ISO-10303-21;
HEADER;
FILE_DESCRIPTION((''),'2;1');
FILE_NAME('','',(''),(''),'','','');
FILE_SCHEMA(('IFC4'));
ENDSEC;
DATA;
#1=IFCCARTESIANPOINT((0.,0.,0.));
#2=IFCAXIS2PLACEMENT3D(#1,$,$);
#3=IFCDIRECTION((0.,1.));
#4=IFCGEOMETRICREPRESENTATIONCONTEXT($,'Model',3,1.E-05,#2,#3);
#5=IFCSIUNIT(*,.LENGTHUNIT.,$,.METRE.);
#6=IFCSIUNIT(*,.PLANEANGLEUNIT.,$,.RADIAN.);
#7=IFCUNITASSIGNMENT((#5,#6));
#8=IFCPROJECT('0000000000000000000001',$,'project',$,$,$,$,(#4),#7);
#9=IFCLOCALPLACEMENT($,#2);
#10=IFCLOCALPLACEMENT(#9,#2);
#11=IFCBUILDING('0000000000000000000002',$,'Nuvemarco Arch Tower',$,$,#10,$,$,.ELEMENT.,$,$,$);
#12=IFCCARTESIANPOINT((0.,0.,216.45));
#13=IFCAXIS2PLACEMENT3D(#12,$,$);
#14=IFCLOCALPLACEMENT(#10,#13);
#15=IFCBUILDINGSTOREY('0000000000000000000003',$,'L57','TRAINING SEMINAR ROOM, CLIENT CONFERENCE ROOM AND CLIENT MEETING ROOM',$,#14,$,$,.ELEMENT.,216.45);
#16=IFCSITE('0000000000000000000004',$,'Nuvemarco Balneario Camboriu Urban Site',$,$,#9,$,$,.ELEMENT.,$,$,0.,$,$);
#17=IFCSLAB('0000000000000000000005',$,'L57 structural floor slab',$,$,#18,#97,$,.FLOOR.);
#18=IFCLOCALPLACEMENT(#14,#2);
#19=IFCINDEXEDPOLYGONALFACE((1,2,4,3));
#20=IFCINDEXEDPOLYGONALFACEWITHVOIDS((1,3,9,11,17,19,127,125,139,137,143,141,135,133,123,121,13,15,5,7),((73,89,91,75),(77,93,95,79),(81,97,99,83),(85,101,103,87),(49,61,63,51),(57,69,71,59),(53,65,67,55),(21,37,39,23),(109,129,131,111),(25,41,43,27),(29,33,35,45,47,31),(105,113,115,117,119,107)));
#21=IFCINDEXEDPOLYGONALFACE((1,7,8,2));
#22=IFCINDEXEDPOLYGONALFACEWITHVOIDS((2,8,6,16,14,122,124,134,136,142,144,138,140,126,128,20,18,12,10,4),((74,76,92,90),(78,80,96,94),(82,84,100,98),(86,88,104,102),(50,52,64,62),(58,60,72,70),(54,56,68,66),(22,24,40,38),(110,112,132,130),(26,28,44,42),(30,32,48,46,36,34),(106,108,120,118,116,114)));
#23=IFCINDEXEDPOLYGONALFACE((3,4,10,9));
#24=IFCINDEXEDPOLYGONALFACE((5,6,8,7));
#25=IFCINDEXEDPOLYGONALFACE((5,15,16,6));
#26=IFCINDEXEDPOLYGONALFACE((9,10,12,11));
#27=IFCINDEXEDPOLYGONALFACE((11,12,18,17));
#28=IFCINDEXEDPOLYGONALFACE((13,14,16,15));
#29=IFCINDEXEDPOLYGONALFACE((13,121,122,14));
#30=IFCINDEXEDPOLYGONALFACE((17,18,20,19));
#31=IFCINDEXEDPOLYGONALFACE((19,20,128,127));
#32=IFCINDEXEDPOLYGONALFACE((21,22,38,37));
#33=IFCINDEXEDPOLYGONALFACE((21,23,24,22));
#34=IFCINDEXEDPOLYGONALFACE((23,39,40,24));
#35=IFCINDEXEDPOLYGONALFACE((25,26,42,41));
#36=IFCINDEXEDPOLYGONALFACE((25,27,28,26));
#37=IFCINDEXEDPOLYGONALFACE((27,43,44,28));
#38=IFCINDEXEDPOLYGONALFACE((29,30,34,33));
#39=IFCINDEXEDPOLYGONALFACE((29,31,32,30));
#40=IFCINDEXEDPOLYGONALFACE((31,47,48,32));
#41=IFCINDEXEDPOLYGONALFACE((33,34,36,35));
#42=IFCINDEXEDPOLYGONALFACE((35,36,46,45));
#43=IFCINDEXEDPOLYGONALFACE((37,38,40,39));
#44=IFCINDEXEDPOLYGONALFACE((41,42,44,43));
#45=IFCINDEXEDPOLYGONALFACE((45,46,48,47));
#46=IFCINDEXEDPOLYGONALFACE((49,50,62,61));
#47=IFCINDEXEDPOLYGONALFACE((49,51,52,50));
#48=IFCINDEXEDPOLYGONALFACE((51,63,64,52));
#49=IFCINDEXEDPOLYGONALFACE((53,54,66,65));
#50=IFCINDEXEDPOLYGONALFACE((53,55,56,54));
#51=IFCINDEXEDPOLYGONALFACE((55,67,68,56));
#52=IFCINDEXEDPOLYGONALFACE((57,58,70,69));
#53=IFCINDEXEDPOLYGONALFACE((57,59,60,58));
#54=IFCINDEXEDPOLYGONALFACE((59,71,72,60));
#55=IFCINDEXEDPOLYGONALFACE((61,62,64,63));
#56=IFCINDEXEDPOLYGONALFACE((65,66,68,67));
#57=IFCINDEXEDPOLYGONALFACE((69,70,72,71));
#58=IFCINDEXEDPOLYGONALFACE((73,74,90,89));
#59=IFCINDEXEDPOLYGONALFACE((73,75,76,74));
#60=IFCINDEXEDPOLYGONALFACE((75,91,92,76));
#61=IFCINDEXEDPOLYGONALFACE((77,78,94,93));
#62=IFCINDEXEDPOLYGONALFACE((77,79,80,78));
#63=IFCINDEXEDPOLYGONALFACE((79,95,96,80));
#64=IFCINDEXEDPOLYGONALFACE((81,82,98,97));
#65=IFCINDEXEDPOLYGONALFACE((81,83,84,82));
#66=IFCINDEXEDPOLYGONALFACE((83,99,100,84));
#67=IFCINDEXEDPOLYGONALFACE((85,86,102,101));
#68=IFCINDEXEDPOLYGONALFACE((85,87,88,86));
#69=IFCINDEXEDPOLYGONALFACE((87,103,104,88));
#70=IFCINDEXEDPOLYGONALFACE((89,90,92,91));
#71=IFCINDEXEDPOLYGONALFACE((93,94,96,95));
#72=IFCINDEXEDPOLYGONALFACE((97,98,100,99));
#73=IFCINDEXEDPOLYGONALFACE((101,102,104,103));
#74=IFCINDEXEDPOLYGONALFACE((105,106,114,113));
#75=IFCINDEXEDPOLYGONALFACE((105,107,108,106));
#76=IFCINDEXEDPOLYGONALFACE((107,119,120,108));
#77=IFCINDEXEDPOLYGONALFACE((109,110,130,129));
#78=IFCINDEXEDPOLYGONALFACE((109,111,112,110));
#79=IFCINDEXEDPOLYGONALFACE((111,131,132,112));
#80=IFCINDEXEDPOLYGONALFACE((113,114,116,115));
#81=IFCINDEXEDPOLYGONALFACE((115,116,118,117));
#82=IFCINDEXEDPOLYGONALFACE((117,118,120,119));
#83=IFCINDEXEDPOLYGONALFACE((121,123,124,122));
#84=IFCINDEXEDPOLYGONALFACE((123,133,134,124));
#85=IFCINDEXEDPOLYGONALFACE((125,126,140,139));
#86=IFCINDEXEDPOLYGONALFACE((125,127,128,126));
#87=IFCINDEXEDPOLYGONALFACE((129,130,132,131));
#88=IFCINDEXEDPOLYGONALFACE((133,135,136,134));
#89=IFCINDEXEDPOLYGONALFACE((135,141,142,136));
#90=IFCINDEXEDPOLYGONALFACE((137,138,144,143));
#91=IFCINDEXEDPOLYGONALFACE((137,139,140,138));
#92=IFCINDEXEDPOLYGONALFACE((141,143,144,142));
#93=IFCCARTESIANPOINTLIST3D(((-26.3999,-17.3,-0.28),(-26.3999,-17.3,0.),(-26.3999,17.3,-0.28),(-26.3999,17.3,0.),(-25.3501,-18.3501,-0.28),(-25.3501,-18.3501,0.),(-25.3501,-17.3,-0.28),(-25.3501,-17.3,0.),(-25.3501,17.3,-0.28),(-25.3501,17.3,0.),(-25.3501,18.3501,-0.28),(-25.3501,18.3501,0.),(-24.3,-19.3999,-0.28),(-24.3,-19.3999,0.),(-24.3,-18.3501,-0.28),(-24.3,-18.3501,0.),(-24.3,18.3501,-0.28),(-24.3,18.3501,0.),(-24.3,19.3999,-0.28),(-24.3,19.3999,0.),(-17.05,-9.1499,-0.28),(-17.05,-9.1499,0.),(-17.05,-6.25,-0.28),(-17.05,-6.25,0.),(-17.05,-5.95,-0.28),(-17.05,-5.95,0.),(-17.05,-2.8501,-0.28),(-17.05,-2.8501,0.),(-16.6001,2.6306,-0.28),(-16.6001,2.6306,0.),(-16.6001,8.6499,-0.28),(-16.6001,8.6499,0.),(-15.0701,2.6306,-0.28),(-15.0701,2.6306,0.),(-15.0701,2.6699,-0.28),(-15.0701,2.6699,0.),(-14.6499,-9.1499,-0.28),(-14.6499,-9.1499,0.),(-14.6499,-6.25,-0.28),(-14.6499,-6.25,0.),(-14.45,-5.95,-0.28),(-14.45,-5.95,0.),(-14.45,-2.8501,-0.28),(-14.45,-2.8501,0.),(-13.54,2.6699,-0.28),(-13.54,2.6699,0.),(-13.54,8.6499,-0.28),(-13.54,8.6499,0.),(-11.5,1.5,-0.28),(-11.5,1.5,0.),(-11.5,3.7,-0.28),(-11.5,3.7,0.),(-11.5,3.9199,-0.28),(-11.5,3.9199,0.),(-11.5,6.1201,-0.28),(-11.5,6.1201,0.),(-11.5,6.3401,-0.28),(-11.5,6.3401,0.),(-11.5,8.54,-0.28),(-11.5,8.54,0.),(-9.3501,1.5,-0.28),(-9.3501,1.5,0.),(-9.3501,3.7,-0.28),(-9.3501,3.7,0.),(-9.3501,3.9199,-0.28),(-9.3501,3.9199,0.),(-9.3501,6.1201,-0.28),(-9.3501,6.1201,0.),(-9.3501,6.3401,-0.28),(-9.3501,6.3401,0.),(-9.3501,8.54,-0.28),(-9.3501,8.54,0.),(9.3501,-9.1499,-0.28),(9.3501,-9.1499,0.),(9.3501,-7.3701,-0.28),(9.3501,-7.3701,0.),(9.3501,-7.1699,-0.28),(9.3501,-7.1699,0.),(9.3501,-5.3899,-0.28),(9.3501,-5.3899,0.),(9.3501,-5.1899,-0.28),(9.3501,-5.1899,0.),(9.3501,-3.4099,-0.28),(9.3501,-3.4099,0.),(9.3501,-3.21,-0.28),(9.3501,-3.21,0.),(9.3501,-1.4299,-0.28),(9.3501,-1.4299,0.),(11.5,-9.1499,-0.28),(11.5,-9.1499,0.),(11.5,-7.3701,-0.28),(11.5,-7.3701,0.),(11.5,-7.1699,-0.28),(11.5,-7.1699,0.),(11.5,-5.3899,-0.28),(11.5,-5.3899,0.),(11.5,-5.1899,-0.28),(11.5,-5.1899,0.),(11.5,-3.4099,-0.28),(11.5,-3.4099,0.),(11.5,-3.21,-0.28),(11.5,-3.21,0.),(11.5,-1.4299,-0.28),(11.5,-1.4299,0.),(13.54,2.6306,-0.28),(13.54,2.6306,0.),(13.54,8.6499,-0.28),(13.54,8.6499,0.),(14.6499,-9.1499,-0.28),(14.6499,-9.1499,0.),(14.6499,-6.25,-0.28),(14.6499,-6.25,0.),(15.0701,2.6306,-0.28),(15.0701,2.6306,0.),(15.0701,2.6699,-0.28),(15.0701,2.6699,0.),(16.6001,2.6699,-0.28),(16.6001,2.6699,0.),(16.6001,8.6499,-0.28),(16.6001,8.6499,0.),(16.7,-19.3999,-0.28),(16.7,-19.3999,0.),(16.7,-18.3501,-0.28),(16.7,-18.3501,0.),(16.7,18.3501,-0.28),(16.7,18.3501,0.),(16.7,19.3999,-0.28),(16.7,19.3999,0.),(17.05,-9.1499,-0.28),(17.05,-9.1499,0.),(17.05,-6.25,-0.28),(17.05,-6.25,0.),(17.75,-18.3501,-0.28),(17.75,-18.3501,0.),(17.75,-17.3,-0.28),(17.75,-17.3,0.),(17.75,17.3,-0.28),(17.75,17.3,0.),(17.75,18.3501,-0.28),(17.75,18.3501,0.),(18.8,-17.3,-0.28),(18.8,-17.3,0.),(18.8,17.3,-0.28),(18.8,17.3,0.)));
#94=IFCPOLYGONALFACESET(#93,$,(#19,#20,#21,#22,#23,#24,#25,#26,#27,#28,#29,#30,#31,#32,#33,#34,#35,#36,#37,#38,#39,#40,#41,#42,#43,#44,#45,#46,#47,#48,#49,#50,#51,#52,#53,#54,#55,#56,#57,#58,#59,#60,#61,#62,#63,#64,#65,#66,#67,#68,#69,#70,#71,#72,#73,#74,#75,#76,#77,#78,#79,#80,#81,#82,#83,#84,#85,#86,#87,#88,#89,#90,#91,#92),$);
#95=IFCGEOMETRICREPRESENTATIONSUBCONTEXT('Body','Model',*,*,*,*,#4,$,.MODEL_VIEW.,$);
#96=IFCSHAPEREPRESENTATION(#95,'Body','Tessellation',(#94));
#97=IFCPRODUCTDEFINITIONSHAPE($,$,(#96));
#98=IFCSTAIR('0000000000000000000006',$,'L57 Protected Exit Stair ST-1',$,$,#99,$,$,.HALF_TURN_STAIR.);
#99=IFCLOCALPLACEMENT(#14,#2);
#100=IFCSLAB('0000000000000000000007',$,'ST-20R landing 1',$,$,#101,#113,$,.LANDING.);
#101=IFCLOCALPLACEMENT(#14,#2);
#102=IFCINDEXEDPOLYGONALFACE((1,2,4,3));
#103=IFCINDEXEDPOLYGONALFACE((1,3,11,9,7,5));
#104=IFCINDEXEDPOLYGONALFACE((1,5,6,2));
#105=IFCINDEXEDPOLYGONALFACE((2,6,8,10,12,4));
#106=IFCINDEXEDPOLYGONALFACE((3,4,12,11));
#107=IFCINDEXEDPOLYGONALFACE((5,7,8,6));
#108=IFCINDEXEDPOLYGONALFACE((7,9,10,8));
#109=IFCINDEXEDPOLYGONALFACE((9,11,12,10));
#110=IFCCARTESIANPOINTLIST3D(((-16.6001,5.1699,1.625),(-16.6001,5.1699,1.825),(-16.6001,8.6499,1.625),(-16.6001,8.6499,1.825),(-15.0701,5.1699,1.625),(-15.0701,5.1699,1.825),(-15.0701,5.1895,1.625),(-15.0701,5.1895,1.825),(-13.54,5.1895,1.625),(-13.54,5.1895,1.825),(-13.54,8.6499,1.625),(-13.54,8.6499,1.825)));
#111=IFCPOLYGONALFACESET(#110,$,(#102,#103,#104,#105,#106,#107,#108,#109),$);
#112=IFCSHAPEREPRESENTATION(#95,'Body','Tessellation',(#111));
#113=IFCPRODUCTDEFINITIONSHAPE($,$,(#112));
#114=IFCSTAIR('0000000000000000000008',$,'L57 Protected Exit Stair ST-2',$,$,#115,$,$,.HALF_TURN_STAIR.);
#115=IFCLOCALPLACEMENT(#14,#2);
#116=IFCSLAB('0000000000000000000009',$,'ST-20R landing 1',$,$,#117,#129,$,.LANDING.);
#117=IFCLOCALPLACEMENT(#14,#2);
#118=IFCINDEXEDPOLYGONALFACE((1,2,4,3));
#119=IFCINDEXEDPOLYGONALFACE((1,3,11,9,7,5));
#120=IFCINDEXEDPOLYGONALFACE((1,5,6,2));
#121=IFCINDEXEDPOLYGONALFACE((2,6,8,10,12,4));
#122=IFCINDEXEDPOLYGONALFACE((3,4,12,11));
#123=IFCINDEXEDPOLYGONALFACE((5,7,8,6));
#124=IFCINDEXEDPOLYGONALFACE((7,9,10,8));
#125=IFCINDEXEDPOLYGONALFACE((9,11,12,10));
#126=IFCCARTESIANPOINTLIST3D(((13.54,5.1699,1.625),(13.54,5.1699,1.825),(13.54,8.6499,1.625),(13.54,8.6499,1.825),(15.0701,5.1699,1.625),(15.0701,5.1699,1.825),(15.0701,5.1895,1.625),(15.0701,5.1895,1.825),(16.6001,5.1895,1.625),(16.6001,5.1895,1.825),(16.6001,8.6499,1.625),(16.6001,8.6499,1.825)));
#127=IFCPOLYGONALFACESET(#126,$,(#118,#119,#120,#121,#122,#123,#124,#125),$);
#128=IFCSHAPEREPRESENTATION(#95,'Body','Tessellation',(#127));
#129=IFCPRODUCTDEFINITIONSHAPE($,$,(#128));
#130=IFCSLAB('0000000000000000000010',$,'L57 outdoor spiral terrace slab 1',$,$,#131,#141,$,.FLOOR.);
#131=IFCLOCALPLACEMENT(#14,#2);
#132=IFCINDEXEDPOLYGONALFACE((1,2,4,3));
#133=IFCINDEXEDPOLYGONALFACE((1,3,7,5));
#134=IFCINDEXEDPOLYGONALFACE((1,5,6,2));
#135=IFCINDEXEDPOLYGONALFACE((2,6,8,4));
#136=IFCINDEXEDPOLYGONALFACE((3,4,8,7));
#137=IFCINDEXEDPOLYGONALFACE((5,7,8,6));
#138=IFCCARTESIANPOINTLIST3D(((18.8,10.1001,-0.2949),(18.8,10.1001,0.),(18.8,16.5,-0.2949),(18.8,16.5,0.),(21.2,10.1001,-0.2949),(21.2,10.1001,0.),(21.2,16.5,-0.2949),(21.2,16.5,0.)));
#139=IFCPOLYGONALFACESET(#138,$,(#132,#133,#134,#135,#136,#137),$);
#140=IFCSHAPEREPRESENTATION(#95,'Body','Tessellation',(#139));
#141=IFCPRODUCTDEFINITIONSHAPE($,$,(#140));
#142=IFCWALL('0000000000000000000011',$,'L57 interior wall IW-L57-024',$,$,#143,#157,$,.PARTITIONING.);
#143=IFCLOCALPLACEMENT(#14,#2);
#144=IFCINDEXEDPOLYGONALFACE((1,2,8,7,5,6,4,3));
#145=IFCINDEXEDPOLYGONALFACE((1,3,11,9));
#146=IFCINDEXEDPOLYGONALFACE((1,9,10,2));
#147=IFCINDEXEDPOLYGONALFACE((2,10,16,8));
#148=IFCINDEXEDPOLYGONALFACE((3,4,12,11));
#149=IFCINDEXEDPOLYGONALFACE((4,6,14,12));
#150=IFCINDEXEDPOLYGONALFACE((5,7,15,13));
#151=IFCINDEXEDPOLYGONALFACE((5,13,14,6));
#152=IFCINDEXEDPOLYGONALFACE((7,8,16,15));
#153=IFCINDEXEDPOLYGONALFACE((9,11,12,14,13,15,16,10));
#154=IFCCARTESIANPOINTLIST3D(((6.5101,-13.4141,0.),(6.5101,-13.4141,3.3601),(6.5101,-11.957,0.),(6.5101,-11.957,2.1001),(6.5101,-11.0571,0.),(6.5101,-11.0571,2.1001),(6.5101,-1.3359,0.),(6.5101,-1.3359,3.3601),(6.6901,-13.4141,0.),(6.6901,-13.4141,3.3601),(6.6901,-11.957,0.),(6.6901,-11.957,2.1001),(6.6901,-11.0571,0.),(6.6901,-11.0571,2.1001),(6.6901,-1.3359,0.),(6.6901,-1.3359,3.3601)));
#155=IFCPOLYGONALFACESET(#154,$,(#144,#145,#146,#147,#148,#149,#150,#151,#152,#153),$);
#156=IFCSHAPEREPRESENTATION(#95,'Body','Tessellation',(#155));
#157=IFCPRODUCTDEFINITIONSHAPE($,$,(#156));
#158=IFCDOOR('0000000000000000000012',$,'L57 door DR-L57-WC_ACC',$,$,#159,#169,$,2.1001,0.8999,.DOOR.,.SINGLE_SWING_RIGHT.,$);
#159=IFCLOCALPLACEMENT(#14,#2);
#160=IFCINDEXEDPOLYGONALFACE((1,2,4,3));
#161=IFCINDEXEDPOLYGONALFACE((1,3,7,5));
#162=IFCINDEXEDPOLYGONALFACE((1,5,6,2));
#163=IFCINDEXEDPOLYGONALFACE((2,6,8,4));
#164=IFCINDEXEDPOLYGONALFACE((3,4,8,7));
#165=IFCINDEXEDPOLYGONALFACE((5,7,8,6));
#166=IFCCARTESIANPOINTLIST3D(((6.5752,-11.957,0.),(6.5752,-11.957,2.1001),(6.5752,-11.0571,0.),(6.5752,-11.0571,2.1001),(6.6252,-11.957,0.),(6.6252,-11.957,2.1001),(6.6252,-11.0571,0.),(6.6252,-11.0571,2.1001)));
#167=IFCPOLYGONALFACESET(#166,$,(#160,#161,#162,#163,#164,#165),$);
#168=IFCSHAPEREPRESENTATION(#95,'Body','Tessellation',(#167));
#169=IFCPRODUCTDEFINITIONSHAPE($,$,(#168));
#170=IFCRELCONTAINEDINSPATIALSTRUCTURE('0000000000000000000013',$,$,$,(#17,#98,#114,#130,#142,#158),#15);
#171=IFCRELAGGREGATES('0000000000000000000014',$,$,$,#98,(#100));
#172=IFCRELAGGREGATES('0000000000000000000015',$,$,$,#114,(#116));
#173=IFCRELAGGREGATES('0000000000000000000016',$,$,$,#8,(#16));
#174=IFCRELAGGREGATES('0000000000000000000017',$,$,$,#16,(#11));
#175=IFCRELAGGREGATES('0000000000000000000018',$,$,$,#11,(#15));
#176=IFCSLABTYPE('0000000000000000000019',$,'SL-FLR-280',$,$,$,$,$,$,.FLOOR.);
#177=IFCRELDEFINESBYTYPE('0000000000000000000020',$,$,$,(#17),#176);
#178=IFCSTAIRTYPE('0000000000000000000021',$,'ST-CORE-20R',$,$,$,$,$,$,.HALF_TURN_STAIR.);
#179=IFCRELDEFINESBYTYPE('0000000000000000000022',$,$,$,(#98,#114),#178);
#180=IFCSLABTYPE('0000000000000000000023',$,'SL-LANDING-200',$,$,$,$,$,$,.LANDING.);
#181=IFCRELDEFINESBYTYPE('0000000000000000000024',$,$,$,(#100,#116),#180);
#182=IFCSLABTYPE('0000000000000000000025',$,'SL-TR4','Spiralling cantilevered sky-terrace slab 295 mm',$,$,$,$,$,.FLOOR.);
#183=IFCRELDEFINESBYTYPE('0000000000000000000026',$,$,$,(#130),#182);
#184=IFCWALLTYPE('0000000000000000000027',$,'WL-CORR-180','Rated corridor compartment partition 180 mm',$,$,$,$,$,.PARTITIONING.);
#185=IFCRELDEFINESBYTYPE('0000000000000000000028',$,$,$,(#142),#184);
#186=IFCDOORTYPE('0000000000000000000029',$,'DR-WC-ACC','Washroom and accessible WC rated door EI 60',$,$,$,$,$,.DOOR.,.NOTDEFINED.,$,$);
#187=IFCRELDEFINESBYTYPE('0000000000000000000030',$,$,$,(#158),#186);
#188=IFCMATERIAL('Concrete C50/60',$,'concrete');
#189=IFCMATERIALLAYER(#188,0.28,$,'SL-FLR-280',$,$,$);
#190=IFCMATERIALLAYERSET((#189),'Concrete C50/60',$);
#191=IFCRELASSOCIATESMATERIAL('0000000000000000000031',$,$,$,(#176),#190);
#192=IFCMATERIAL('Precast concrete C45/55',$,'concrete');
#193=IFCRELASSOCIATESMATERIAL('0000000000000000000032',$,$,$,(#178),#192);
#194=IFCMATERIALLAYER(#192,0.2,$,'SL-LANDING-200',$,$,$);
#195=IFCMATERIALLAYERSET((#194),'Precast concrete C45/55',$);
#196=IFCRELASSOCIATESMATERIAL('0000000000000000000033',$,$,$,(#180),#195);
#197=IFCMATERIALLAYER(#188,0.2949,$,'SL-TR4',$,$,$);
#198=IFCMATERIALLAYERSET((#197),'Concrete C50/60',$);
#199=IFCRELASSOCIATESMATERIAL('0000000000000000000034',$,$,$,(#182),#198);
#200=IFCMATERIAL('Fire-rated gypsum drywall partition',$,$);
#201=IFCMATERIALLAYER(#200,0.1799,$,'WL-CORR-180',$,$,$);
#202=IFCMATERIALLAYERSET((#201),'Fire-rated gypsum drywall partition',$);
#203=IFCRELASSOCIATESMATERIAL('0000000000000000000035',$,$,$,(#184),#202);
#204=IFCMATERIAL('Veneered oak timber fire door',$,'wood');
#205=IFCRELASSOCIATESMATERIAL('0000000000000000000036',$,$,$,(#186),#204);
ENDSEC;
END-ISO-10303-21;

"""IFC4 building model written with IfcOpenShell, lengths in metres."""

from ifc_helpers import new_model, si_unit, direction, frame, frame_2d, origin, place, context, subcontext, project, spatial, polyline, rectangle, outline, extrude, source, transform, mapped, material, layer, layer_set, type_object, type_shapes, element, fill, aggregate, save


model = new_model("IFC4")

# Units and contexts
model_context = context("Model", 3, precision=1e-05, world=origin(), true_north=direction((0.0, 1.0)))
body_context = subcontext(model_context, "Body", "Model", "MODEL_VIEW")
ifc_project = project(units=[si_unit("LENGTHUNIT", "METRE"), si_unit("PLANEANGLEUNIT", "RADIAN")], contexts=[model_context])

# Site, building, storey
site_placement = place(None, origin())
site = spatial("IfcSite", under=ifc_project, at=site_placement, Name="Nuvemarco Balneario Camboriu Urban Site", CompositionType="ELEMENT", RefElevation=0.0)
building_placement = place(site_placement, origin())
building = spatial("IfcBuilding", under=site, at=building_placement, Name="Nuvemarco Arch Tower", CompositionType="ELEMENT")
storey_placement = place(building_placement, frame((0.0, 0.0, 216.45)))
storey = spatial("IfcBuildingStorey", under=building, at=storey_placement, Name="L57", Description="TRAINING SEMINAR ROOM, CLIENT CONFERENCE ROOM AND CLIENT MEETING ROOM", CompositionType="ELEMENT", Elevation=216.45)

# Shared definitions
ifc_material_1 = material(Name="Precast concrete C45/55", Category="concrete")

# Slab
ifc_material_2 = material(Name="Concrete C50/60", Category="concrete")
ifc_layer_1 = layer(ifc_material_2, 0.28, Name="SL-FLR-280")
ifc_layer_set_1 = layer_set([ifc_layer_1], Name="Concrete C50/60")
slab_type_1 = type_object("IfcSlabType", Name="SL-FLR-280", PredefinedType="FLOOR", material=ifc_layer_set_1)
slab_1_placement = place(storey_placement, frame((0.0, 0.0, -0.28)))
element("IfcSlab", 1, at=slab_1_placement, inside=storey, type_object=slab_type_1, Name="L57 structural floor slab", PredefinedType="FLOOR", context=body_context, shape_type="SweptSolid", body=[
    extrude(outline(polyline([(-24.3, -19.3999), (16.7, -19.3999), (16.7, -18.3501), (17.75, -18.3501), (17.75, -17.3), (18.8, -17.3), (18.8, 17.3), (17.75, 17.3), (17.75, 18.3501), (16.7, 18.3501), (16.7, 19.3999), (-24.3, 19.3999), (-24.3, 18.3501), (-25.3501, 18.3501), (-25.3501, 17.3), (-26.3999, 17.3), (-26.3999, -17.3), (-25.3501, -17.3), (-25.3501, -18.3501), (-24.3, -18.3501), (-24.3, -19.3999)]), holes=[polyline([(-13.54, 2.6699), (-13.54, 8.6499), (-16.6001, 8.6499), (-16.6001, 2.6306), (-15.0701, 2.6306), (-15.0701, 2.6699), (-13.54, 2.6699)]), polyline([(16.6001, 2.6699), (16.6001, 8.6499), (13.54, 8.6499), (13.54, 2.6306), (15.0701, 2.6306), (15.0701, 2.6699), (16.6001, 2.6699)]), polyline([(-17.05, -9.1499), (-14.6499, -9.1499), (-14.6499, -6.25), (-17.05, -6.25), (-17.05, -9.1499)]), polyline([(-17.05, -5.95), (-14.45, -5.95), (-14.45, -2.8501), (-17.05, -2.8501), (-17.05, -5.95)]), polyline([(-11.5, 1.5), (-9.3501, 1.5), (-9.3501, 3.7), (-11.5, 3.7), (-11.5, 1.5)]), polyline([(-11.5, 3.9199), (-9.3501, 3.9199), (-9.3501, 6.1201), (-11.5, 6.1201), (-11.5, 3.9199)]), polyline([(-11.5, 6.3401), (-9.3501, 6.3401), (-9.3501, 8.54), (-11.5, 8.54), (-11.5, 6.3401)]), polyline([(14.6499, -9.1499), (17.05, -9.1499), (17.05, -6.25), (14.6499, -6.25), (14.6499, -9.1499)]), polyline([(9.3501, -9.1499), (11.5, -9.1499), (11.5, -7.3701), (9.3501, -7.3701), (9.3501, -9.1499)]), polyline([(9.3501, -7.1699), (11.5, -7.1699), (11.5, -5.3899), (9.3501, -5.3899), (9.3501, -7.1699)]), polyline([(9.3501, -5.1899), (11.5, -5.1899), (11.5, -3.4099), (9.3501, -3.4099), (9.3501, -5.1899)]), polyline([(9.3501, -3.21), (11.5, -3.21), (11.5, -1.4299), (9.3501, -1.4299), (9.3501, -3.21)])]), origin(), (0.0, 0.0, 1.0), 0.28),
])

# Stairs, slabs
stair_type = type_object("IfcStairType", Name="ST-CORE-20R", PredefinedType="HALF_TURN_STAIR", material=ifc_material_1)
stair_1_placement = place(storey_placement, origin())
stair_1 = element("IfcStair", 2, at=stair_1_placement, inside=storey, type_object=stair_type, Name="L57 Protected Exit Stair ST-1", PredefinedType="HALF_TURN_STAIR")
ifc_layer_2 = layer(ifc_material_1, 0.2, Name="SL-LANDING-200")
ifc_layer_set_2 = layer_set([ifc_layer_2], Name="Precast concrete C45/55")
slab_type_2 = type_object("IfcSlabType", Name="SL-LANDING-200", PredefinedType="LANDING", material=ifc_layer_set_2)
slab_2_placement = place(storey_placement, frame((0.0, 0.0, 1.625)))
slab_2 = element("IfcSlab", 3, at=slab_2_placement, type_object=slab_type_2, Name="ST-20R landing 1", PredefinedType="LANDING", context=body_context, shape_type="SweptSolid", body=[
    extrude(outline(polyline([(-13.54, 5.1895), (-13.54, 8.6499), (-16.6001, 8.6499), (-16.6001, 5.1699), (-15.0701, 5.1699), (-15.0701, 5.1895), (-13.54, 5.1895)])), origin(), (0.0, 0.0, 1.0), 0.2),
])
aggregate(stair_1, [slab_2])
stair_2_placement = place(storey_placement, origin())
stair_2 = element("IfcStair", 4, at=stair_2_placement, inside=storey, type_object=stair_type, Name="L57 Protected Exit Stair ST-2", PredefinedType="HALF_TURN_STAIR")
slab_3_placement = place(storey_placement, frame((0.0, 0.0, 1.625)))
slab_3 = element("IfcSlab", 5, at=slab_3_placement, type_object=slab_type_2, Name="ST-20R landing 1", PredefinedType="LANDING", context=body_context, shape_type="SweptSolid", body=[
    extrude(outline(polyline([(16.6001, 5.1895), (16.6001, 8.6499), (13.54, 8.6499), (13.54, 5.1699), (15.0701, 5.1699), (15.0701, 5.1895), (16.6001, 5.1895)])), origin(), (0.0, 0.0, 1.0), 0.2),
])
aggregate(stair_2, [slab_3])

# Slab
ifc_layer_3 = layer(ifc_material_2, 0.2949, Name="SL-TR4")
ifc_layer_set_3 = layer_set([ifc_layer_3], Name="Concrete C50/60")
slab_type_3 = type_object("IfcSlabType", Name="SL-TR4", Description="Spiralling cantilevered sky-terrace slab 295 mm", PredefinedType="FLOOR", material=ifc_layer_set_3)
slab_4_placement = place(storey_placement, frame((0.0, 0.0, -0.2949)))
element("IfcSlab", 6, at=slab_4_placement, inside=storey, type_object=slab_type_3, Name="L57 outdoor spiral terrace slab 1", PredefinedType="FLOOR", context=body_context, shape_type="SweptSolid", body=[
    extrude(outline(polyline([(18.8, 10.1001), (21.2, 10.1001), (21.2, 16.5), (18.8, 16.5), (18.8, 10.1001)])), origin(), (0.0, 0.0, 1.0), 0.2949),
])

# Wall, opening, door
ifc_material_3 = material(Name="Fire-rated gypsum drywall partition")
ifc_layer_4 = layer(ifc_material_3, 0.1799, Name="WL-CORR-180")
ifc_layer_set_4 = layer_set([ifc_layer_4], Name="Fire-rated gypsum drywall partition")
wall_type_1 = type_object("IfcWallType", Name="WL-CORR-180", Description="Rated corridor compartment partition 180 mm", PredefinedType="PARTITIONING", material=ifc_layer_set_4)
wall_1_placement = place(storey_placement, frame((6.6001, -13.4141, 0.0), z_axis=(0.0, 0.0, 1.0), x_axis=(0.0, 1.0, 0.0)))
wall_1 = element("IfcWall", 7, at=wall_1_placement, inside=storey, type_object=wall_type_1, Name="L57 interior wall IW-L57-024", PredefinedType="PARTITIONING", context=body_context, shape_type="SweptSolid", body=[
    extrude(rectangle(XDim=12.0781, YDim=0.1799, at=frame_2d((6.0391, 0.0))), origin(), (0.0, 0.0, 1.0), 3.3601),
])
opening_placement = place(wall_1_placement, frame((1.457, 0.0, 0.0)))
opening = element("IfcOpeningElement", 8, at=opening_placement, cuts=wall_1, PredefinedType="OPENING", context=body_context, shape_type="SweptSolid", body=[
    extrude(rectangle(XDim=0.8999, YDim=2.1001, at=frame_2d((0.45, 1.05))), frame((0.0, 0.0999, 0.0), z_axis=(0.0, -1.0, 0.0), x_axis=(1.0, 0.0, 0.0)), (0.0, 0.0, 1.0), 0.2),
])
ifc_material_4 = material(Name="Veneered oak timber fire door", Category="wood")
door_type = type_object("IfcDoorType", Name="DR-WC-ACC", Description="Washroom and accessible WC rated door EI 60", OperationType="NOTDEFINED", PredefinedType="DOOR", material=ifc_material_4)
shared_shape_1 = source(origin(), body_context, "Body", "SweptSolid", [
    extrude(rectangle(XDim=0.8999, YDim=2.1001, at=frame_2d((0.45, 1.05))), frame((0.0, 0.0249, 0.0), z_axis=(0.0, -1.0, 0.0), x_axis=(1.0, 0.0, 0.0)), (0.0, 0.0, 1.0), 0.05),
])
type_shapes(door_type, [shared_shape_1])
door_placement = place(opening_placement, origin())
door = element("IfcDoor", 9, at=door_placement, inside=storey, type_object=door_type, Name="L57 door DR-L57-WC_ACC", OperationType="SINGLE_SWING_RIGHT", OverallHeight=2.1001, OverallWidth=0.8999, PredefinedType="DOOR", context=body_context, shape_type="MappedRepresentation", body=[
    mapped(shared_shape_1, transform((0.0, 0.0, 0.0), scale=1.0)),
])
fill(opening, door)

save(model, "model.ifc")
